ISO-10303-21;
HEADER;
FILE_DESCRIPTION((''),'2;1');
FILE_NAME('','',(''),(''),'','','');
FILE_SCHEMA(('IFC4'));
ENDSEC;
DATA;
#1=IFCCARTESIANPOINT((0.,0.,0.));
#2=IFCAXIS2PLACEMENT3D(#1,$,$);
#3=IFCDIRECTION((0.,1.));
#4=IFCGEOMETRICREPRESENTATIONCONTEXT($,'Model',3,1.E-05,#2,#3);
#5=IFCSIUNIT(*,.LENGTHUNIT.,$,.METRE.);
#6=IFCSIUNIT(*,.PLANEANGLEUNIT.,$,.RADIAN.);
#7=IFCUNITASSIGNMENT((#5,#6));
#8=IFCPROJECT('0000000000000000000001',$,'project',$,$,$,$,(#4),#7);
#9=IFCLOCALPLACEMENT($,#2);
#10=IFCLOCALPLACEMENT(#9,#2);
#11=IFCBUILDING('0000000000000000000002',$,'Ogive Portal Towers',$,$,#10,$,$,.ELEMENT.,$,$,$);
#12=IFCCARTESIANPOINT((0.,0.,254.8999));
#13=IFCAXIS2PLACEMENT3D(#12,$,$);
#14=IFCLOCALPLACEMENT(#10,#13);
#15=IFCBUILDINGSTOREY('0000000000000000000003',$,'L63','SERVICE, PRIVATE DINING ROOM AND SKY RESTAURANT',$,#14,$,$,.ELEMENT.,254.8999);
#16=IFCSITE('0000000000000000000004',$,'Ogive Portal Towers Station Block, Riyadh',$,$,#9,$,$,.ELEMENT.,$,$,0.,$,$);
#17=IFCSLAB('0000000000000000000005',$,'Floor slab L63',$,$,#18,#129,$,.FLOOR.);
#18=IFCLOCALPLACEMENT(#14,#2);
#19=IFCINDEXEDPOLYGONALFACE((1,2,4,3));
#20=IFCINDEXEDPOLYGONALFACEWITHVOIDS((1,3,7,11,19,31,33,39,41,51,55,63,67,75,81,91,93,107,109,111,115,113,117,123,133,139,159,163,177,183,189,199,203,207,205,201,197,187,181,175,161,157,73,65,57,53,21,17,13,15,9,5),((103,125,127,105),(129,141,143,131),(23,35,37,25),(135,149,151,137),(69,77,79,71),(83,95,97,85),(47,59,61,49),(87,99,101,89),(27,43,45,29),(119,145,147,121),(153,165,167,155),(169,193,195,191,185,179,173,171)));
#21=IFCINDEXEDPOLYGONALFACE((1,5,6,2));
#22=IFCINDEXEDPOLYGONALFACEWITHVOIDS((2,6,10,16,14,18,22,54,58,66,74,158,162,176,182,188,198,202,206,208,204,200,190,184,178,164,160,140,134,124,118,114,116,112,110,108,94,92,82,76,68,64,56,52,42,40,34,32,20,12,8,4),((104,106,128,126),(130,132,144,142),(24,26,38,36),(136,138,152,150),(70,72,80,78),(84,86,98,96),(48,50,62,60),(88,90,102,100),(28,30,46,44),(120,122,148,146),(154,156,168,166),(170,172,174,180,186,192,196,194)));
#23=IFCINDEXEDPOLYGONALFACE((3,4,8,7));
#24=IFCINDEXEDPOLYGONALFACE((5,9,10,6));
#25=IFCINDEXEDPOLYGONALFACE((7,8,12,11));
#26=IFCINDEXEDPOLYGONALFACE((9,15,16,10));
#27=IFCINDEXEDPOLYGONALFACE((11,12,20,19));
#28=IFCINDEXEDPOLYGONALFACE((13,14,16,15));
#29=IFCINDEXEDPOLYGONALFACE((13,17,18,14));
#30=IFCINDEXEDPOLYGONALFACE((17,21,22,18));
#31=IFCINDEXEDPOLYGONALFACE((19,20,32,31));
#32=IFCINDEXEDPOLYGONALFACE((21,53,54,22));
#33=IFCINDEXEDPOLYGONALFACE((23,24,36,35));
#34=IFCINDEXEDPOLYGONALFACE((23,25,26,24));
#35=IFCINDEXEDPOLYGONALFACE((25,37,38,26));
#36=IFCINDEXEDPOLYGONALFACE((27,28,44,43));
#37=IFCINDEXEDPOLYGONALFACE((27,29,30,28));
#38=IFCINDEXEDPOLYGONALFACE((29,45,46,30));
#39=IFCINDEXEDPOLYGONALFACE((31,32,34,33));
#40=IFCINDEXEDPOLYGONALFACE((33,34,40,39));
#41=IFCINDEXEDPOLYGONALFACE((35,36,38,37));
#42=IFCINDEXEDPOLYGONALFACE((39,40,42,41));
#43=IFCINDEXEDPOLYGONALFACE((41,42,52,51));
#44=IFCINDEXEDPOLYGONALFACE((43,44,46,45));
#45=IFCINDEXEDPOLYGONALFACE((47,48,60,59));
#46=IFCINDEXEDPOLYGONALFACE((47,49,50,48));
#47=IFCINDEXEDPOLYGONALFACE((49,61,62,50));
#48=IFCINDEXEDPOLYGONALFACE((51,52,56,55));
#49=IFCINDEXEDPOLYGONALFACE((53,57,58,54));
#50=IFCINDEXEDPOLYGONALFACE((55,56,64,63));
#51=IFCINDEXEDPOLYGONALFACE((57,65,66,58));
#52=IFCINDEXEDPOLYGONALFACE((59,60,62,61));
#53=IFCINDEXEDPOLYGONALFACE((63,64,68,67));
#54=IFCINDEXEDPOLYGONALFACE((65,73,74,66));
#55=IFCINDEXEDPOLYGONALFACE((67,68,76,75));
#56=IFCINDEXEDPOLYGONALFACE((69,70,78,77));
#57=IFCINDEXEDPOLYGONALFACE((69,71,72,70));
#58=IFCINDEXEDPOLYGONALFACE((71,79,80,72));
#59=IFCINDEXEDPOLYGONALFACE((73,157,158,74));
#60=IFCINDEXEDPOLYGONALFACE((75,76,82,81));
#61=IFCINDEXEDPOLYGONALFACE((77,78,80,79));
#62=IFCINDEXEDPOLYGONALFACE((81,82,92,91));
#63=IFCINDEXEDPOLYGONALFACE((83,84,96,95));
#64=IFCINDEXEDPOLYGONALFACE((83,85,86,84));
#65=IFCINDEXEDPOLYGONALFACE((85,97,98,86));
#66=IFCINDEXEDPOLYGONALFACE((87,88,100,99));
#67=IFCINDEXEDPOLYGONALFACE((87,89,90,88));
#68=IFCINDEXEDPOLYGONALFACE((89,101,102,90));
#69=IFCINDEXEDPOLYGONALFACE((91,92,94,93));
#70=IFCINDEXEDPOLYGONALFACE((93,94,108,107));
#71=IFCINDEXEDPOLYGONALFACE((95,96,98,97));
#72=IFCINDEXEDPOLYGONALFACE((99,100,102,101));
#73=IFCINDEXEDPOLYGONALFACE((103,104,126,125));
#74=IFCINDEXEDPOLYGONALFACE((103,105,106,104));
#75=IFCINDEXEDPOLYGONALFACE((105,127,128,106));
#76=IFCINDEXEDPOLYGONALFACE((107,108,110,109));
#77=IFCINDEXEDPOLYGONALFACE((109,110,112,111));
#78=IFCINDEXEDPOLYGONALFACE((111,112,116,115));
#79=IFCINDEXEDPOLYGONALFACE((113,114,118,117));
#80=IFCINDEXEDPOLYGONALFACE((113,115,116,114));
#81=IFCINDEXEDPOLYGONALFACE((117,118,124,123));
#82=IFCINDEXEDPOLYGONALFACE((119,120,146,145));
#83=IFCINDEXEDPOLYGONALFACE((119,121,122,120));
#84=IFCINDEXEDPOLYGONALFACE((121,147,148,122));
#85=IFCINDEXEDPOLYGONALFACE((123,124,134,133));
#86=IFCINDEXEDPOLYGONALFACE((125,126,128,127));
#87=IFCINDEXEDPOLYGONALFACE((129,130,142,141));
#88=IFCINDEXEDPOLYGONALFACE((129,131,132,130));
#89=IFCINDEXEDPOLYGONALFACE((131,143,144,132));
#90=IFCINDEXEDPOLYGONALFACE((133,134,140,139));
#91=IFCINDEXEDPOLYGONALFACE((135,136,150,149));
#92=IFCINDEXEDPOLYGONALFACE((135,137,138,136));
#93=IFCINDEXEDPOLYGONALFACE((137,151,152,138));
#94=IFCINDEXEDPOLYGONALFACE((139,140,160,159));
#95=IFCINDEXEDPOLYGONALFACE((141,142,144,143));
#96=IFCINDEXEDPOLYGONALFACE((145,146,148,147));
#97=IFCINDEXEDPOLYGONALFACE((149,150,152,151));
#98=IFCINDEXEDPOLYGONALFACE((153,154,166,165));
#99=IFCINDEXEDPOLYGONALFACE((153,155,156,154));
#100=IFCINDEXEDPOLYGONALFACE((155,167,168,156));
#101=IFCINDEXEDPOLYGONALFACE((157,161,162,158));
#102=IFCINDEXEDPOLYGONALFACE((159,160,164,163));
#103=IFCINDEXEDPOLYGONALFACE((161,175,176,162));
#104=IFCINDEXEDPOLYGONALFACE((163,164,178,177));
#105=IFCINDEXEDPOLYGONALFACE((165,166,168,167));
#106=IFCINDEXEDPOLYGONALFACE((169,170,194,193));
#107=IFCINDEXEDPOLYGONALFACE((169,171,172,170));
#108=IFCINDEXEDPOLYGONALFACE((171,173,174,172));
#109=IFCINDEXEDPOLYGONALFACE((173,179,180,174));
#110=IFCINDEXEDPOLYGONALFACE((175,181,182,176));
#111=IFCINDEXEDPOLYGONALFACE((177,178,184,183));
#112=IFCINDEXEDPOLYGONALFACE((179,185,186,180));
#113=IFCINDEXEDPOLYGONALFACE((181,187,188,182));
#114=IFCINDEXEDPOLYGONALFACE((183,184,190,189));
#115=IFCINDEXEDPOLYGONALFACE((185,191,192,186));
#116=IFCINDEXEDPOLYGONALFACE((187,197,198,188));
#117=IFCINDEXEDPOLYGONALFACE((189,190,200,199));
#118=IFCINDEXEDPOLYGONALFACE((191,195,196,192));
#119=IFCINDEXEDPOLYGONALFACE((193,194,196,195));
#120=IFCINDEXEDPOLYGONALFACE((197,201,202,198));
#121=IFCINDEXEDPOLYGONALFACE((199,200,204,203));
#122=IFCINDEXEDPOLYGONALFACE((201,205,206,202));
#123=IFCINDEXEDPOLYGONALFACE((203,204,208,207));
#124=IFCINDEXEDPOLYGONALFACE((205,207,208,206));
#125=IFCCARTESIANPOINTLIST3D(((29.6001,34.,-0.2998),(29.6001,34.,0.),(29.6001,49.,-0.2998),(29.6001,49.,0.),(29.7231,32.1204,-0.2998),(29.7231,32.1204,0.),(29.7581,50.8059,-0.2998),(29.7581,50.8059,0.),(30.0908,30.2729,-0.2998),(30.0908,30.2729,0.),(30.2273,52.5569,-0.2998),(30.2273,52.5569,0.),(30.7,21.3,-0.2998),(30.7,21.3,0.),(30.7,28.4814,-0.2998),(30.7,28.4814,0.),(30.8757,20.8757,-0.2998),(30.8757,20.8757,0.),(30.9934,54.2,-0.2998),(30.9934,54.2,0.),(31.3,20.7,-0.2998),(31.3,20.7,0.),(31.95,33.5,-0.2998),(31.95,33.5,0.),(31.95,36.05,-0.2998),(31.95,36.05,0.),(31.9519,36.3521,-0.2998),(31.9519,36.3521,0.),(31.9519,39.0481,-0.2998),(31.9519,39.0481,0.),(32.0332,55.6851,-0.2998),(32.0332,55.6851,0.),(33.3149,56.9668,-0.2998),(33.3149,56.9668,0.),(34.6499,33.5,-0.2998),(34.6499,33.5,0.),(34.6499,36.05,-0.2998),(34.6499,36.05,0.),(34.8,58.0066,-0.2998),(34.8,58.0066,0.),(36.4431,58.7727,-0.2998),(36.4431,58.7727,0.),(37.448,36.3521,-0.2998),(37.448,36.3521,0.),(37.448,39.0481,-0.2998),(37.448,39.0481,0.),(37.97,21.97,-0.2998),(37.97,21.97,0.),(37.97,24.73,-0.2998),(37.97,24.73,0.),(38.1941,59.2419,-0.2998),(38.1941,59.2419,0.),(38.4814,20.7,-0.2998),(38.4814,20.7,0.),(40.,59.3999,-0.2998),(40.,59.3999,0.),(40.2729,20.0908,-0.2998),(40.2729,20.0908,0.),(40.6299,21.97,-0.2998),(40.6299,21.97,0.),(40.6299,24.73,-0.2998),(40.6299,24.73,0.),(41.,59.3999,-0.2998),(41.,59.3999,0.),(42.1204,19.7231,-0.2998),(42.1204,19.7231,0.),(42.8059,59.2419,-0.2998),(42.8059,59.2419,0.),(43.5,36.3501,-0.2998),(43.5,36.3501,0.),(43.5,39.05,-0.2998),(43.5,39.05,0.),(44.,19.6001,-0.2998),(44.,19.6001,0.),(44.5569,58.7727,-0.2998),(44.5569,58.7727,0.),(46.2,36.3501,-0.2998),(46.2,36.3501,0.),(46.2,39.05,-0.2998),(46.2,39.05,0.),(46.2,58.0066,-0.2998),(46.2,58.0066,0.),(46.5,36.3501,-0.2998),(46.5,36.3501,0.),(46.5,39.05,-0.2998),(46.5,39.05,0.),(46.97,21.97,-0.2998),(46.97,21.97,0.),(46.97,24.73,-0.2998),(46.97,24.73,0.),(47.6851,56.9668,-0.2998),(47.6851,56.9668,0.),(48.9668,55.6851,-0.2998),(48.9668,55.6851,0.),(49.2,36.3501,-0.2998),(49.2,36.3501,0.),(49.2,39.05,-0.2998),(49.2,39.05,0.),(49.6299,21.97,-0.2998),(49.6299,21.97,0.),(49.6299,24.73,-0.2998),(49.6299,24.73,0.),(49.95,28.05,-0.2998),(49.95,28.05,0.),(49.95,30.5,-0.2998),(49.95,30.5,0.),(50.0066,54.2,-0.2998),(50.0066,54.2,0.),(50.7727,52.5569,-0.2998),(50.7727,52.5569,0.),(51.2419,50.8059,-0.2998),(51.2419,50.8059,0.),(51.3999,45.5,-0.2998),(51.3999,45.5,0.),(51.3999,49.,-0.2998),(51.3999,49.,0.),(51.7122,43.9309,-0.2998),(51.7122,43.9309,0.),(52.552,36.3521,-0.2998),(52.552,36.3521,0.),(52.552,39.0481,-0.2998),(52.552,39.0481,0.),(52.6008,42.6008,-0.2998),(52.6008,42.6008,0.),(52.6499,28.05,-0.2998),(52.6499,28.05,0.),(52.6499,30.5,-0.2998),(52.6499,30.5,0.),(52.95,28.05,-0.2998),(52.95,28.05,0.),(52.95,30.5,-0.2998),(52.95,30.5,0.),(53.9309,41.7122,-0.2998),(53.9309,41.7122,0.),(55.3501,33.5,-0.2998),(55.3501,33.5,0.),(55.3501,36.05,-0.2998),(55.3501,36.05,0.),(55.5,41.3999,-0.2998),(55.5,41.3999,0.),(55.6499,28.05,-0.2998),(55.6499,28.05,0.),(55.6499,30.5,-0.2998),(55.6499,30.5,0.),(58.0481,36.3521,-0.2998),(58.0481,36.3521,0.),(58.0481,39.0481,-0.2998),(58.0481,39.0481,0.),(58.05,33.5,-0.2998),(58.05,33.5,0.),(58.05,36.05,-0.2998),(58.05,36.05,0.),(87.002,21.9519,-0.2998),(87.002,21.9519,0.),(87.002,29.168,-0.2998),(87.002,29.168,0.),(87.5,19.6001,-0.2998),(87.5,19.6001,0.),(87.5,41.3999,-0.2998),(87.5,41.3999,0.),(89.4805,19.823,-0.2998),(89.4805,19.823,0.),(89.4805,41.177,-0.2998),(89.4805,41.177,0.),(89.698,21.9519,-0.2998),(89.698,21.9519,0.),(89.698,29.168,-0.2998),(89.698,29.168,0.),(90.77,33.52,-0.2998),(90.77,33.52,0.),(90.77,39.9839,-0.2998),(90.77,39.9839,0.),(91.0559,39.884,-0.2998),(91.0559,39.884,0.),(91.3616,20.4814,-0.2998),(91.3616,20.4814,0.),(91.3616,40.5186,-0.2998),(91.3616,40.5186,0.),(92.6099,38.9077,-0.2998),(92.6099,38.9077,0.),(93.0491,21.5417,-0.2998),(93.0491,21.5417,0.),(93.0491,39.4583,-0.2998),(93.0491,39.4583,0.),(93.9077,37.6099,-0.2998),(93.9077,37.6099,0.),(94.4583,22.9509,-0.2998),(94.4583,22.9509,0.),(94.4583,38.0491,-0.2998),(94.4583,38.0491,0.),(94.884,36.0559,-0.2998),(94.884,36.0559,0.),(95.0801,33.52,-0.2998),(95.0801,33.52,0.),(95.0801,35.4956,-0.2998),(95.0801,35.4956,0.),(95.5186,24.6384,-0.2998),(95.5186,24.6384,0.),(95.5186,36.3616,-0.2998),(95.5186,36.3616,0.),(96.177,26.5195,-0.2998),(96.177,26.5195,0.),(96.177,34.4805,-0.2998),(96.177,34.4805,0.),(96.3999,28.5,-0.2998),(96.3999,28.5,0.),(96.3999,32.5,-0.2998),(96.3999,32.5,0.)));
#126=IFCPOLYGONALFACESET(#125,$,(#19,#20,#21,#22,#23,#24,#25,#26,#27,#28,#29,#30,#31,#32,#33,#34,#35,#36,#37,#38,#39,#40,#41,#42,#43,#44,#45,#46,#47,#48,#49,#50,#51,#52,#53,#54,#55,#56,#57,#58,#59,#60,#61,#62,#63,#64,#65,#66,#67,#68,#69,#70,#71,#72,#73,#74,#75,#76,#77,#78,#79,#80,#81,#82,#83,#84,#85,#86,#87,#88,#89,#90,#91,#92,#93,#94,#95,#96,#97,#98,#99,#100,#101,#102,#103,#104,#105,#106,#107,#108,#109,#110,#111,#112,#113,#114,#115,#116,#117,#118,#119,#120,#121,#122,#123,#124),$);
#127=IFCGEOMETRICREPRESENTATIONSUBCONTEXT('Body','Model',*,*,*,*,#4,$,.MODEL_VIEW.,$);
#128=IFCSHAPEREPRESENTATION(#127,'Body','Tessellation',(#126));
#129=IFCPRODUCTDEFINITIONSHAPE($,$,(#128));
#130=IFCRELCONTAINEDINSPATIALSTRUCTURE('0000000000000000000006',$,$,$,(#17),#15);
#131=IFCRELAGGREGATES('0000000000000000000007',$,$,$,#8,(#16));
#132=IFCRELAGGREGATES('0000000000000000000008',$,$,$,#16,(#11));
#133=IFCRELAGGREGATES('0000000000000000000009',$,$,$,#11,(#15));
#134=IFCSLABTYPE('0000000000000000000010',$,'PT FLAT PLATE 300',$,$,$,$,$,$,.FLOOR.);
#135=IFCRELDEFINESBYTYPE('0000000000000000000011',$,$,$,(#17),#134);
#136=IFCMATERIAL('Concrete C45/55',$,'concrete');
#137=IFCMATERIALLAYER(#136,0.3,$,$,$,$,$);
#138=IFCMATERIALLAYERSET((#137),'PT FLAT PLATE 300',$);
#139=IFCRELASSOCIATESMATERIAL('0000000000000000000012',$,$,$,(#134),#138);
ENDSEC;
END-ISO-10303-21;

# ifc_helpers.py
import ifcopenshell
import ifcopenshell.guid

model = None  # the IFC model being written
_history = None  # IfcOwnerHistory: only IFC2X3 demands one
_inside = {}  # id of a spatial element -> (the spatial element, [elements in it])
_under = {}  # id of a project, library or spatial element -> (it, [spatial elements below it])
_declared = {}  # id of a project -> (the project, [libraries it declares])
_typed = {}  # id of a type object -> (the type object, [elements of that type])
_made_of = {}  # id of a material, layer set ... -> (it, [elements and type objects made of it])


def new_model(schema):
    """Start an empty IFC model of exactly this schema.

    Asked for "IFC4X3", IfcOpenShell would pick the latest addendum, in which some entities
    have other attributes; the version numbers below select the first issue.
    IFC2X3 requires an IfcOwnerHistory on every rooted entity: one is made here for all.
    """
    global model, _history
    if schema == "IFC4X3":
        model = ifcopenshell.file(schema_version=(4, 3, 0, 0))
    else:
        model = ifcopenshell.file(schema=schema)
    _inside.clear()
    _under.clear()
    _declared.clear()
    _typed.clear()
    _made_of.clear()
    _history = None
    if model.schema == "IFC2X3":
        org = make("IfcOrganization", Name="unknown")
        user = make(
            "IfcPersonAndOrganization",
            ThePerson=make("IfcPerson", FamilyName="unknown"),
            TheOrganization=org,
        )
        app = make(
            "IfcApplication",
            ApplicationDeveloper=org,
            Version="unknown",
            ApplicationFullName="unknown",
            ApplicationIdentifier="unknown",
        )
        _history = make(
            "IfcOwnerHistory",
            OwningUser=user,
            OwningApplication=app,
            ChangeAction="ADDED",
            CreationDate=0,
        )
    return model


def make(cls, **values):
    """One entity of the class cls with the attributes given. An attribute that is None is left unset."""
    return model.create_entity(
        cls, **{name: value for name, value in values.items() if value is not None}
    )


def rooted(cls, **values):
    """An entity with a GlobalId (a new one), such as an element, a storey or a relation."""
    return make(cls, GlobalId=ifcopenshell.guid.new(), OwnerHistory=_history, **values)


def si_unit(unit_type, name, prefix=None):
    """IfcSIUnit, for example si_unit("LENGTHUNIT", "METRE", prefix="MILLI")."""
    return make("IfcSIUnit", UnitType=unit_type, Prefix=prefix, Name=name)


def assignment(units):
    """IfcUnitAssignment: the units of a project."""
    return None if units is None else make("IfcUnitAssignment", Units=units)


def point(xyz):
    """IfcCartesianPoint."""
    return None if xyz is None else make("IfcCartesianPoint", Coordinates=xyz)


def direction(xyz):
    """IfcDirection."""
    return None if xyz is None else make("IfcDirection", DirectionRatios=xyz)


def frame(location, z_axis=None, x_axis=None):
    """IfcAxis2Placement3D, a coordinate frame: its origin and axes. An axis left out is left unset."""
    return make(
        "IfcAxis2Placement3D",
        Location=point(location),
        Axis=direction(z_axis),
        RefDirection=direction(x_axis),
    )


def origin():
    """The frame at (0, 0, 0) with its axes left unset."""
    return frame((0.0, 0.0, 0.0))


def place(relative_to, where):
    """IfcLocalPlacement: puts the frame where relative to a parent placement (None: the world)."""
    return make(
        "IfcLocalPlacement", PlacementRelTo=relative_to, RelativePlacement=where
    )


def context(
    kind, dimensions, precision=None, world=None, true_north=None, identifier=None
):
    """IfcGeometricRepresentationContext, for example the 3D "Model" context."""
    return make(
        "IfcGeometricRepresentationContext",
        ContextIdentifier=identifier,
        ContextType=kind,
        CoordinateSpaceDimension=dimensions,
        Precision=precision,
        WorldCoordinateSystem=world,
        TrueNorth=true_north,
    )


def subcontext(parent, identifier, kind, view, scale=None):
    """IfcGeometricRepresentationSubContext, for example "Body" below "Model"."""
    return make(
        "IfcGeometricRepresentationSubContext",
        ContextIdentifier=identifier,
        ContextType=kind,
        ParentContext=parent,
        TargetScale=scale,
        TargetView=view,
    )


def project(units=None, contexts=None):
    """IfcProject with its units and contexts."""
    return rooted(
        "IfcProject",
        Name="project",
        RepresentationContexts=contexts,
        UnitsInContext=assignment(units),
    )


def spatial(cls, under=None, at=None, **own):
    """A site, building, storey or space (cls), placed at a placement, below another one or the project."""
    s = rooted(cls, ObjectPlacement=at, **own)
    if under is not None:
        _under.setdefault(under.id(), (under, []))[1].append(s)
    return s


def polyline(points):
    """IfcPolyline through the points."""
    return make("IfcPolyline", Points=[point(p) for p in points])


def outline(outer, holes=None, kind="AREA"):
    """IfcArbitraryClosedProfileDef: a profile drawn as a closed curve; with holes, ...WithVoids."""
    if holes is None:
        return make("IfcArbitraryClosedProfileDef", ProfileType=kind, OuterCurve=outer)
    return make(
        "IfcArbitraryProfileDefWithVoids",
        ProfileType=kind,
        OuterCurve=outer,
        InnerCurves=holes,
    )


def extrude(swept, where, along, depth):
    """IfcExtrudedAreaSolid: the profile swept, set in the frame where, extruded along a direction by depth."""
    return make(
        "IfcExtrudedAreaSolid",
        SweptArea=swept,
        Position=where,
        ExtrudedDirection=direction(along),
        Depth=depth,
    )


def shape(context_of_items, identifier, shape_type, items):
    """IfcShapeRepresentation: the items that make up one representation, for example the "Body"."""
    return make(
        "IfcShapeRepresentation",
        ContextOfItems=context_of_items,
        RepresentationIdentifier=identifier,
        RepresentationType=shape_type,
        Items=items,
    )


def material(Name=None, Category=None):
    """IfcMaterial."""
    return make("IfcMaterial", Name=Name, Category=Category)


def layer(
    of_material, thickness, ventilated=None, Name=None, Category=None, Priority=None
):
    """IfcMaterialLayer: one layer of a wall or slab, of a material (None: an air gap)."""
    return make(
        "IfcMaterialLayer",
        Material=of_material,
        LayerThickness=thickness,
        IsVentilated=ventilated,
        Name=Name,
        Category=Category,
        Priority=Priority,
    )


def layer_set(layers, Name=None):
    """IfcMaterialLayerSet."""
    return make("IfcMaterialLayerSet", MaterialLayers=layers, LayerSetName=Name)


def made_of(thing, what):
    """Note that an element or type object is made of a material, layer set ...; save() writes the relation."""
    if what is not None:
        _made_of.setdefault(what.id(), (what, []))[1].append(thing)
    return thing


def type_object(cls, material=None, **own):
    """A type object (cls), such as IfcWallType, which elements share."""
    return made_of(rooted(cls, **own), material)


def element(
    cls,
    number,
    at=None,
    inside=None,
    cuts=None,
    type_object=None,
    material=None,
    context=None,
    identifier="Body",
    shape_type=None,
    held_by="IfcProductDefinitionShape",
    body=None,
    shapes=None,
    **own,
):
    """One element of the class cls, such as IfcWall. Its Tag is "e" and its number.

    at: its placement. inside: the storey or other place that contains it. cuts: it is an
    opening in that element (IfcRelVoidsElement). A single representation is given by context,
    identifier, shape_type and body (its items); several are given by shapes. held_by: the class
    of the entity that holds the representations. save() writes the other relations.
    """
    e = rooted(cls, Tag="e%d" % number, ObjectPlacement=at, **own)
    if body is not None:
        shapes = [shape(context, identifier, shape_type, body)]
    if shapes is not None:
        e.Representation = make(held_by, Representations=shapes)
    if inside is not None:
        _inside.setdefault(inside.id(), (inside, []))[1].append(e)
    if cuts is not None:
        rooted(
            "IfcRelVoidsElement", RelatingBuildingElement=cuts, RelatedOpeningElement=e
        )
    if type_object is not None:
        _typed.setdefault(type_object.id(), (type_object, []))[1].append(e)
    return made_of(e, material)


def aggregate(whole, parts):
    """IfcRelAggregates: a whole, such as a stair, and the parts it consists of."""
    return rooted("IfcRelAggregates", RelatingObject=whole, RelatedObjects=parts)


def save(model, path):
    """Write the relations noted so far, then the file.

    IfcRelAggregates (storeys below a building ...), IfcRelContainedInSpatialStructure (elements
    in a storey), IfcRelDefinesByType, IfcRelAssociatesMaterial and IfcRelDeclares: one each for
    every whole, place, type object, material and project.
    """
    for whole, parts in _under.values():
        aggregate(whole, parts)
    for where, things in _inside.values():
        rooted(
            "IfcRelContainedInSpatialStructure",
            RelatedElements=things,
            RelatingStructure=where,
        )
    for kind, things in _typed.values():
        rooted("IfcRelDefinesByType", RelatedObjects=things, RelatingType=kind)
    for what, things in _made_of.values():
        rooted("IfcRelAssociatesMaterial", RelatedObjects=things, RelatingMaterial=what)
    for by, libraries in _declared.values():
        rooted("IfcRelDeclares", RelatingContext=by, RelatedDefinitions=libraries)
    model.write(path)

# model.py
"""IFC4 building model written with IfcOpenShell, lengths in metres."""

from ifc_helpers import new_model, si_unit, direction, frame, origin, place, context, subcontext, project, spatial, polyline, outline, extrude, material, layer, layer_set, type_object, element, save


model = new_model("IFC4")

# Units and contexts
model_context = context("Model", 3, precision=1e-05, world=origin(), true_north=direction((0.0, 1.0)))
body_context = subcontext(model_context, "Body", "Model", "MODEL_VIEW")
ifc_project = project(units=[si_unit("LENGTHUNIT", "METRE"), si_unit("PLANEANGLEUNIT", "RADIAN")], contexts=[model_context])

# Site, building, storey
site_placement = place(None, origin())
site = spatial("IfcSite", under=ifc_project, at=site_placement, Name="Ogive Portal Towers Station Block, Riyadh", CompositionType="ELEMENT", RefElevation=0.0)
building_placement = place(site_placement, origin())
building = spatial("IfcBuilding", under=site, at=building_placement, Name="Ogive Portal Towers", CompositionType="ELEMENT")
storey_placement = place(building_placement, frame((0.0, 0.0, 254.8999)))
storey = spatial("IfcBuildingStorey", under=building, at=storey_placement, Name="L63", Description="SERVICE, PRIVATE DINING ROOM AND SKY RESTAURANT", CompositionType="ELEMENT", Elevation=254.8999)

# Slab
ifc_material_1 = material(Name="Concrete C45/55", Category="concrete")
ifc_layer_1 = layer(ifc_material_1, 0.3)
ifc_layer_set_1 = layer_set([ifc_layer_1], Name="PT FLAT PLATE 300")
slab_type_1 = type_object("IfcSlabType", Name="PT FLAT PLATE 300", PredefinedType="FLOOR", material=ifc_layer_set_1)
slab_1_placement = place(storey_placement, frame((0.0, 0.0, -0.2998)))
element("IfcSlab", 1, at=slab_1_placement, inside=storey, type_object=slab_type_1, Name="Floor slab L63", PredefinedType="FLOOR", context=body_context, shape_type="SweptSolid", body=[
    extrude(outline(polyline([(29.7231, 32.1204), (30.0908, 30.2729), (30.7, 28.4814), (30.7, 21.3), (30.8757, 20.8757), (31.3, 20.7), (38.4814, 20.7), (40.2729, 20.0908), (42.1204, 19.7231), (44.0, 19.6001), (87.5, 19.6001), (89.4805, 19.823), (91.3616, 20.4814), (93.0491, 21.5417), (94.4583, 22.9509), (95.5186, 24.6384), (96.177, 26.5195), (96.3999, 28.5), (96.3999, 32.5), (96.177, 34.4805), (95.5186, 36.3616), (94.4583, 38.0491), (93.0491, 39.4583), (91.3616, 40.5186), (89.4805, 41.177), (87.5, 41.3999), (55.5, 41.3999), (53.9309, 41.7122), (52.6008, 42.6008), (51.7122, 43.9309), (51.3999, 45.5), (51.3999, 49.0), (51.2419, 50.8059), (50.7727, 52.5569), (50.0066, 54.2), (48.9668, 55.6851), (47.6851, 56.9668), (46.2, 58.0066), (44.5569, 58.7727), (42.8059, 59.2419), (41.0, 59.3999), (40.0, 59.3999), (38.1941, 59.2419), (36.4431, 58.7727), (34.8, 58.0066), (33.3149, 56.9668), (32.0332, 55.6851), (30.9934, 54.2), (30.2273, 52.5569), (29.7581, 50.8059), (29.6001, 49.0), (29.6001, 34.0), (29.7231, 32.1204)]), holes=[polyline([(40.6299, 24.73), (40.6299, 21.97), (37.97, 21.97), (37.97, 24.73), (40.6299, 24.73)]), polyline([(49.6299, 21.97), (46.97, 21.97), (46.97, 24.73), (49.6299, 24.73), (49.6299, 21.97)]), polyline([(34.6499, 36.05), (34.6499, 33.5), (31.95, 33.5), (31.95, 36.05), (34.6499, 36.05)]), polyline([(31.9519, 36.3521), (31.9519, 39.0481), (37.448, 39.0481), (37.448, 36.3521), (31.9519, 36.3521)]), polyline([(46.2, 39.05), (46.2, 36.3501), (43.5, 36.3501), (43.5, 39.05), (46.2, 39.05)]), polyline([(49.2, 39.05), (49.2, 36.3501), (46.5, 36.3501), (46.5, 39.05), (49.2, 39.05)]), polyline([(89.698, 21.9519), (87.002, 21.9519), (87.002, 29.168), (89.698, 29.168), (89.698, 21.9519)]), polyline([(52.6499, 30.5), (52.6499, 28.05), (49.95, 28.05), (49.95, 30.5), (52.6499, 30.5)]), polyline([(55.6499, 30.5), (55.6499, 28.05), (52.95, 28.05), (52.95, 30.5), (55.6499, 30.5)]), polyline([(55.3501, 36.05), (58.05, 36.05), (58.05, 33.5), (55.3501, 33.5), (55.3501, 36.05)]), polyline([(93.9077, 37.6099), (94.884, 36.0559), (95.0801, 35.4956), (95.0801, 33.52), (90.77, 33.52), (90.77, 39.9839), (91.0559, 39.884), (92.6099, 38.9077), (93.9077, 37.6099)]), polyline([(58.0481, 36.3521), (52.552, 36.3521), (52.552, 39.0481), (58.0481, 39.0481), (58.0481, 36.3521)])]), origin(), (0.0, 0.0, 1.0), 0.2998),
])

save(model, "model.ifc")
